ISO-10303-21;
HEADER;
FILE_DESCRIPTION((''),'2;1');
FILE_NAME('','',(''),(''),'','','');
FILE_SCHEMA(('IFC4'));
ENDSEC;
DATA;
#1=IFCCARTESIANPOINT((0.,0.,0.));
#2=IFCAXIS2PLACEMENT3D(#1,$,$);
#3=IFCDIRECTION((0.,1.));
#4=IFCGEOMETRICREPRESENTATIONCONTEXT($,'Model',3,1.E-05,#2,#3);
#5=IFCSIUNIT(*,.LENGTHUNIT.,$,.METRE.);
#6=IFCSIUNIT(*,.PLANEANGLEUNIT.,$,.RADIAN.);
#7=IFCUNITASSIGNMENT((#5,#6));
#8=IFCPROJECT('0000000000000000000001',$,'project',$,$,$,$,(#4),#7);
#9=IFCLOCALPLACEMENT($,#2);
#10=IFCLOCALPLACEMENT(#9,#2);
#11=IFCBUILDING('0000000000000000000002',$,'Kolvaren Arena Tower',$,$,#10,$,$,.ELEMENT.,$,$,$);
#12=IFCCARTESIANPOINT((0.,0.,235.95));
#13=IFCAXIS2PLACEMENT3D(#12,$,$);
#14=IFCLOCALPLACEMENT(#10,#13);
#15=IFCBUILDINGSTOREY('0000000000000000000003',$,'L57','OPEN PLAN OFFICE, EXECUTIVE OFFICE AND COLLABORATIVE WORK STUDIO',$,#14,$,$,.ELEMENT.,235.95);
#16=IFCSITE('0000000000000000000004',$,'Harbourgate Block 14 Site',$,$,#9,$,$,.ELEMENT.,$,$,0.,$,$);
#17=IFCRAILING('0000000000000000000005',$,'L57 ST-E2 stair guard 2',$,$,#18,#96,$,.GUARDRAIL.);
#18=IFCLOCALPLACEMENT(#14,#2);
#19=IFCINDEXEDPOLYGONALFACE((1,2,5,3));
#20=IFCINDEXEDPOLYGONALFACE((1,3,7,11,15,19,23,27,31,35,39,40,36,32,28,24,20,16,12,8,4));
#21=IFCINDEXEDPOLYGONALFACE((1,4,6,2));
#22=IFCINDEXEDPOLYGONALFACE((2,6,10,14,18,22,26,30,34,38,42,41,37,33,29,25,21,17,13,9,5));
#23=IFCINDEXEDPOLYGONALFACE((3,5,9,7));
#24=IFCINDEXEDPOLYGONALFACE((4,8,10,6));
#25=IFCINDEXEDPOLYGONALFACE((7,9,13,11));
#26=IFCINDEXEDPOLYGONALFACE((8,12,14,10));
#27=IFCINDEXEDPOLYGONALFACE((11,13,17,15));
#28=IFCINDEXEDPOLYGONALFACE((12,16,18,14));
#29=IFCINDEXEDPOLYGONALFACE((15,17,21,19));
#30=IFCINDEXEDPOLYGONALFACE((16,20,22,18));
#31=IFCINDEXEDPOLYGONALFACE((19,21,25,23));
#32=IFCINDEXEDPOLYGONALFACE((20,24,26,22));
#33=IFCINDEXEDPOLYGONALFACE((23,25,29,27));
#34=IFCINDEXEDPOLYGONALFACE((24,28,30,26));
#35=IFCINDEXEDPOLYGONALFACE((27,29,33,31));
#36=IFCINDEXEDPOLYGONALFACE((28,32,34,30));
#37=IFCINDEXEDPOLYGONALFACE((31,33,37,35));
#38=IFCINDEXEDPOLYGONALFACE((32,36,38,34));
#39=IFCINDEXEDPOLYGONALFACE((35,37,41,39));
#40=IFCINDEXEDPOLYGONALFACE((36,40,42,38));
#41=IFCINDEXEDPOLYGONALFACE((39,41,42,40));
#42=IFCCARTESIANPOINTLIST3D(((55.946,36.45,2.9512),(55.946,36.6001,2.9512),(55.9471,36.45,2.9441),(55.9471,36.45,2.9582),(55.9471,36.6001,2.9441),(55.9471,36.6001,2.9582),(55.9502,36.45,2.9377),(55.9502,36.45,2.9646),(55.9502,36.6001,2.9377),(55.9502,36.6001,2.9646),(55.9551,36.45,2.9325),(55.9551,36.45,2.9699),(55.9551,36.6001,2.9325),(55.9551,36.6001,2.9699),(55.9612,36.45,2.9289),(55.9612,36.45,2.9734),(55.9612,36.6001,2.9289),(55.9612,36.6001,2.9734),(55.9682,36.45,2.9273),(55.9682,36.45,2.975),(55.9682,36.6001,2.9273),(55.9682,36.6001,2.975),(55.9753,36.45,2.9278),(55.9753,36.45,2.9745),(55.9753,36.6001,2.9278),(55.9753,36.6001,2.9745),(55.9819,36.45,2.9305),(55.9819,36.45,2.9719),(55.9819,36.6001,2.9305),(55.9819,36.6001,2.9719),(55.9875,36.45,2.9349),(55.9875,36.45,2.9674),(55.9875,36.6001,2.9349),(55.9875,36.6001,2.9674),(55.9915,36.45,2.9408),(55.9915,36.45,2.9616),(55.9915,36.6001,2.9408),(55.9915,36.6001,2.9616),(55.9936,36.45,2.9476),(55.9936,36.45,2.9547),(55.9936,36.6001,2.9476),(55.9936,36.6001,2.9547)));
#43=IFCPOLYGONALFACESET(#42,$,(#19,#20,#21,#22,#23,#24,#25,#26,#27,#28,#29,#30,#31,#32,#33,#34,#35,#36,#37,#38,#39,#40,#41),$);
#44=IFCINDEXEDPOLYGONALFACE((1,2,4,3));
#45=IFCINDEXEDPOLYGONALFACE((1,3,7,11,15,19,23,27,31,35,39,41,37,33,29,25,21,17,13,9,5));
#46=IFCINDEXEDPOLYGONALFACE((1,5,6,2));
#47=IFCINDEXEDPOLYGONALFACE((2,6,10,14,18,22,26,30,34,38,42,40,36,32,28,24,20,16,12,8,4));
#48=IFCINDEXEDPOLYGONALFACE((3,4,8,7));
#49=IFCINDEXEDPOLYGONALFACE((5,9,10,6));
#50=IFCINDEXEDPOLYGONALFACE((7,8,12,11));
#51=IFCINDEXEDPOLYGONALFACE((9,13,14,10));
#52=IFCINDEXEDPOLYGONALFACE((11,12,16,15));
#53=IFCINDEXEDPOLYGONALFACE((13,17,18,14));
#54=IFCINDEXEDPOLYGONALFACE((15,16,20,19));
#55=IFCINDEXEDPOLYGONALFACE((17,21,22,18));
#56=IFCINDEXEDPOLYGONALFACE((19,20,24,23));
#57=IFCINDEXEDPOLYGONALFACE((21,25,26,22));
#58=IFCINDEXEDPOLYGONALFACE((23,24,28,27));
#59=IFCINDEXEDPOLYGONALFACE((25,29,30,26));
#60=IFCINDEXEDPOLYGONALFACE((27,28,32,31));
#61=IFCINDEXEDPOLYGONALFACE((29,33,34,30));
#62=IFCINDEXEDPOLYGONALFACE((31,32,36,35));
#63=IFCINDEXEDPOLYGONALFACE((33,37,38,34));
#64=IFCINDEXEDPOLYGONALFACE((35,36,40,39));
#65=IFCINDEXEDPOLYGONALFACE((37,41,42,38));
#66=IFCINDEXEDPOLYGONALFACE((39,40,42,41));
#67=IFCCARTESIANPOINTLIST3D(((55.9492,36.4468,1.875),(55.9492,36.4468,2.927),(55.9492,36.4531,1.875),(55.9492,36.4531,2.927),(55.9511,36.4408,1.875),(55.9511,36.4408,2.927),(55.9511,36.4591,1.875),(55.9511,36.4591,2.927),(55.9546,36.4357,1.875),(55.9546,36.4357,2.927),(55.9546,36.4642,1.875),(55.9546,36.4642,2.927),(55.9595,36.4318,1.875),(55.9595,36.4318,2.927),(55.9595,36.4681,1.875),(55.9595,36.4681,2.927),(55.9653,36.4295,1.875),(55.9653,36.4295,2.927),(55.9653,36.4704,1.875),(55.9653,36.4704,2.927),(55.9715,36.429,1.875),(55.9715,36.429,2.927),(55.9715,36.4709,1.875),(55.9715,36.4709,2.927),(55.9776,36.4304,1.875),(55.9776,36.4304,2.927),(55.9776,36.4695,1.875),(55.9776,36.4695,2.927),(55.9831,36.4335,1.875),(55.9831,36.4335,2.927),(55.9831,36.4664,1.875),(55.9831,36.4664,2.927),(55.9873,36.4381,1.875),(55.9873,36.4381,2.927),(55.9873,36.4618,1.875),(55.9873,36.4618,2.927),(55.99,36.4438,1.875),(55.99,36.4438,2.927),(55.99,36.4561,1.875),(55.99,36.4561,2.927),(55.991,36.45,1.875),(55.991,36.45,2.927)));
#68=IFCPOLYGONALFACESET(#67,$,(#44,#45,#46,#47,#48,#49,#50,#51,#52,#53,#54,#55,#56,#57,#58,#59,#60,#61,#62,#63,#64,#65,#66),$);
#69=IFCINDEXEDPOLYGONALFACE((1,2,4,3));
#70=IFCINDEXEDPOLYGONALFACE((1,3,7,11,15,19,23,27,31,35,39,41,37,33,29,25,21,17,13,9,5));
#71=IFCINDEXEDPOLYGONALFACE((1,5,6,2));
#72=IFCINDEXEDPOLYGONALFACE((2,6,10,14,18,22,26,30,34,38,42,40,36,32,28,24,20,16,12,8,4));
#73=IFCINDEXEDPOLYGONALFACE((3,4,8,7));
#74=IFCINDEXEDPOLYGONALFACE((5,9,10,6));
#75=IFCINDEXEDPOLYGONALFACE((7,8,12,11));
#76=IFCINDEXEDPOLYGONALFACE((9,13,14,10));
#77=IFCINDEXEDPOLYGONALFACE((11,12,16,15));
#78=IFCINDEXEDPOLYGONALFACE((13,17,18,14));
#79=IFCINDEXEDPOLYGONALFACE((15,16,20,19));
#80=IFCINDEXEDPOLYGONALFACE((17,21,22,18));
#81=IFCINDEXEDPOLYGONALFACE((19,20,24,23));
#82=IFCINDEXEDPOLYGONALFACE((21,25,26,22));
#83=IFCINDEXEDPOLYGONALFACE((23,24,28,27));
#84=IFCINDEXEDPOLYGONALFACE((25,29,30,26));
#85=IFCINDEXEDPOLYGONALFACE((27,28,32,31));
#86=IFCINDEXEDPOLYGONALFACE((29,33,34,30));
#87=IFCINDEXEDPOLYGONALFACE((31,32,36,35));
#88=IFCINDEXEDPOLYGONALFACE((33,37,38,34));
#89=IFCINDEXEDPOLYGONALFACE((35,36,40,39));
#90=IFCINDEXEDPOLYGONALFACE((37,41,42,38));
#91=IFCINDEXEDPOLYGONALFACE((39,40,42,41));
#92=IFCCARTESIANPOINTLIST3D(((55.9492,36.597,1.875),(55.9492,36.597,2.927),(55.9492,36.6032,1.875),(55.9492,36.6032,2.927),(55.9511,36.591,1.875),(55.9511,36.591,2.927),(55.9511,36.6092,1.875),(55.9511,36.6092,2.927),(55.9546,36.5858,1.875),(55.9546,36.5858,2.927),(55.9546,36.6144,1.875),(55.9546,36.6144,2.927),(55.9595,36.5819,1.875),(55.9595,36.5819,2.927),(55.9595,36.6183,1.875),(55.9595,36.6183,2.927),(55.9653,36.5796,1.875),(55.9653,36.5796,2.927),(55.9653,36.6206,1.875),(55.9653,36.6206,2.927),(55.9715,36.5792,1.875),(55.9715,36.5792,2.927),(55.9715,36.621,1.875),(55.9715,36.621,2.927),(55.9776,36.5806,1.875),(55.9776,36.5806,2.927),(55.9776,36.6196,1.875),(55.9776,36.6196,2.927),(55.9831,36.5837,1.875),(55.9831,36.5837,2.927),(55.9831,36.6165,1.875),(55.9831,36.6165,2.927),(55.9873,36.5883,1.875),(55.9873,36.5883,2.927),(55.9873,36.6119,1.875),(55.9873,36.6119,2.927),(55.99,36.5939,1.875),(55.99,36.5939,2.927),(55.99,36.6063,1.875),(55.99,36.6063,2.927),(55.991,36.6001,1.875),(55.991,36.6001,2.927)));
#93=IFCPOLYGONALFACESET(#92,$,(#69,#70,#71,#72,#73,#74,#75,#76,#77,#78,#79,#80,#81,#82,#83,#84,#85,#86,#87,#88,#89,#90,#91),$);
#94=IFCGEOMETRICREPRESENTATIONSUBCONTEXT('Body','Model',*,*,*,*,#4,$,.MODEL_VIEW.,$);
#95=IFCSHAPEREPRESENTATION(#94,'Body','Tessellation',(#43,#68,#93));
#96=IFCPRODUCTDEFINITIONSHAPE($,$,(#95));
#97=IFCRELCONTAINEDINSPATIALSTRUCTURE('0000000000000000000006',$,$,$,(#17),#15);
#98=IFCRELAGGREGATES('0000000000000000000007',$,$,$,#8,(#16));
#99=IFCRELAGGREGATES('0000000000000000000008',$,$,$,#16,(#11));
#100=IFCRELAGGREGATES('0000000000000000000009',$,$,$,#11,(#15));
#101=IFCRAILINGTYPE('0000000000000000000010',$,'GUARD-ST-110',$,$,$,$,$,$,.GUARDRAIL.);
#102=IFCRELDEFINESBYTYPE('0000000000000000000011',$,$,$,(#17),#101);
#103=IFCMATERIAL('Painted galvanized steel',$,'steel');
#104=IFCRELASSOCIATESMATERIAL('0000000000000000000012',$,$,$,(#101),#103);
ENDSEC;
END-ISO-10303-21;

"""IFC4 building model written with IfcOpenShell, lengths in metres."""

from ifc_helpers import new_model, si_unit, direction, frame, origin, origin_2d, place, context, subcontext, project, spatial, circle, extrude, material, type_object, element, save


model = new_model("IFC4")

# Units and contexts
model_context = context("Model", 3, precision=1e-05, world=origin(), true_north=direction((0.0, 1.0)))
body_context = subcontext(model_context, "Body", "Model", "MODEL_VIEW")
ifc_project = project(units=[si_unit("LENGTHUNIT", "METRE"), si_unit("PLANEANGLEUNIT", "RADIAN")], contexts=[model_context])

# Site, building, storey
site_placement = place(None, origin())
site = spatial("IfcSite", under=ifc_project, at=site_placement, Name="Harbourgate Block 14 Site", CompositionType="ELEMENT", RefElevation=0.0)
building_placement = place(site_placement, origin())
building = spatial("IfcBuilding", under=site, at=building_placement, Name="Kolvaren Arena Tower", CompositionType="ELEMENT")
storey_placement = place(building_placement, frame((0.0, 0.0, 235.95)))
storey = spatial("IfcBuildingStorey", under=building, at=storey_placement, Name="L57", Description="OPEN PLAN OFFICE, EXECUTIVE OFFICE AND COLLABORATIVE WORK STUDIO", CompositionType="ELEMENT", Elevation=235.95)

# Railing
ifc_material_1 = material(Name="Painted galvanized steel", Category="steel")
railing_type_1 = type_object("IfcRailingType", Name="GUARD-ST-110", PredefinedType="GUARDRAIL", material=ifc_material_1)
railing_1_placement = place(storey_placement, frame((55.97, 36.45, 1.875)))
element("IfcRailing", 1, at=railing_1_placement, inside=storey, type_object=railing_type_1, Name="L57 ST-E2 stair guard 2", PredefinedType="GUARDRAIL", context=body_context, shape_type="SweptSolid", body=[
    extrude(circle(Radius=0.0239, at=origin_2d()), frame((0.0, 0.0, 1.0762), z_axis=(0.0, 1.0, 0.0), x_axis=(-1.0, 0.0, 0.0)), (0.0, 0.0, 1.0), 0.1501),
    extrude(circle(Radius=0.021, at=origin_2d()), origin(), (0.0, 0.0, 1.0), 1.052),
    extrude(circle(Radius=0.021, at=origin_2d()), frame((0.0, 0.1501, 0.0)), (0.0, 0.0, 1.0), 1.052),
])

save(model, "model.ifc")
